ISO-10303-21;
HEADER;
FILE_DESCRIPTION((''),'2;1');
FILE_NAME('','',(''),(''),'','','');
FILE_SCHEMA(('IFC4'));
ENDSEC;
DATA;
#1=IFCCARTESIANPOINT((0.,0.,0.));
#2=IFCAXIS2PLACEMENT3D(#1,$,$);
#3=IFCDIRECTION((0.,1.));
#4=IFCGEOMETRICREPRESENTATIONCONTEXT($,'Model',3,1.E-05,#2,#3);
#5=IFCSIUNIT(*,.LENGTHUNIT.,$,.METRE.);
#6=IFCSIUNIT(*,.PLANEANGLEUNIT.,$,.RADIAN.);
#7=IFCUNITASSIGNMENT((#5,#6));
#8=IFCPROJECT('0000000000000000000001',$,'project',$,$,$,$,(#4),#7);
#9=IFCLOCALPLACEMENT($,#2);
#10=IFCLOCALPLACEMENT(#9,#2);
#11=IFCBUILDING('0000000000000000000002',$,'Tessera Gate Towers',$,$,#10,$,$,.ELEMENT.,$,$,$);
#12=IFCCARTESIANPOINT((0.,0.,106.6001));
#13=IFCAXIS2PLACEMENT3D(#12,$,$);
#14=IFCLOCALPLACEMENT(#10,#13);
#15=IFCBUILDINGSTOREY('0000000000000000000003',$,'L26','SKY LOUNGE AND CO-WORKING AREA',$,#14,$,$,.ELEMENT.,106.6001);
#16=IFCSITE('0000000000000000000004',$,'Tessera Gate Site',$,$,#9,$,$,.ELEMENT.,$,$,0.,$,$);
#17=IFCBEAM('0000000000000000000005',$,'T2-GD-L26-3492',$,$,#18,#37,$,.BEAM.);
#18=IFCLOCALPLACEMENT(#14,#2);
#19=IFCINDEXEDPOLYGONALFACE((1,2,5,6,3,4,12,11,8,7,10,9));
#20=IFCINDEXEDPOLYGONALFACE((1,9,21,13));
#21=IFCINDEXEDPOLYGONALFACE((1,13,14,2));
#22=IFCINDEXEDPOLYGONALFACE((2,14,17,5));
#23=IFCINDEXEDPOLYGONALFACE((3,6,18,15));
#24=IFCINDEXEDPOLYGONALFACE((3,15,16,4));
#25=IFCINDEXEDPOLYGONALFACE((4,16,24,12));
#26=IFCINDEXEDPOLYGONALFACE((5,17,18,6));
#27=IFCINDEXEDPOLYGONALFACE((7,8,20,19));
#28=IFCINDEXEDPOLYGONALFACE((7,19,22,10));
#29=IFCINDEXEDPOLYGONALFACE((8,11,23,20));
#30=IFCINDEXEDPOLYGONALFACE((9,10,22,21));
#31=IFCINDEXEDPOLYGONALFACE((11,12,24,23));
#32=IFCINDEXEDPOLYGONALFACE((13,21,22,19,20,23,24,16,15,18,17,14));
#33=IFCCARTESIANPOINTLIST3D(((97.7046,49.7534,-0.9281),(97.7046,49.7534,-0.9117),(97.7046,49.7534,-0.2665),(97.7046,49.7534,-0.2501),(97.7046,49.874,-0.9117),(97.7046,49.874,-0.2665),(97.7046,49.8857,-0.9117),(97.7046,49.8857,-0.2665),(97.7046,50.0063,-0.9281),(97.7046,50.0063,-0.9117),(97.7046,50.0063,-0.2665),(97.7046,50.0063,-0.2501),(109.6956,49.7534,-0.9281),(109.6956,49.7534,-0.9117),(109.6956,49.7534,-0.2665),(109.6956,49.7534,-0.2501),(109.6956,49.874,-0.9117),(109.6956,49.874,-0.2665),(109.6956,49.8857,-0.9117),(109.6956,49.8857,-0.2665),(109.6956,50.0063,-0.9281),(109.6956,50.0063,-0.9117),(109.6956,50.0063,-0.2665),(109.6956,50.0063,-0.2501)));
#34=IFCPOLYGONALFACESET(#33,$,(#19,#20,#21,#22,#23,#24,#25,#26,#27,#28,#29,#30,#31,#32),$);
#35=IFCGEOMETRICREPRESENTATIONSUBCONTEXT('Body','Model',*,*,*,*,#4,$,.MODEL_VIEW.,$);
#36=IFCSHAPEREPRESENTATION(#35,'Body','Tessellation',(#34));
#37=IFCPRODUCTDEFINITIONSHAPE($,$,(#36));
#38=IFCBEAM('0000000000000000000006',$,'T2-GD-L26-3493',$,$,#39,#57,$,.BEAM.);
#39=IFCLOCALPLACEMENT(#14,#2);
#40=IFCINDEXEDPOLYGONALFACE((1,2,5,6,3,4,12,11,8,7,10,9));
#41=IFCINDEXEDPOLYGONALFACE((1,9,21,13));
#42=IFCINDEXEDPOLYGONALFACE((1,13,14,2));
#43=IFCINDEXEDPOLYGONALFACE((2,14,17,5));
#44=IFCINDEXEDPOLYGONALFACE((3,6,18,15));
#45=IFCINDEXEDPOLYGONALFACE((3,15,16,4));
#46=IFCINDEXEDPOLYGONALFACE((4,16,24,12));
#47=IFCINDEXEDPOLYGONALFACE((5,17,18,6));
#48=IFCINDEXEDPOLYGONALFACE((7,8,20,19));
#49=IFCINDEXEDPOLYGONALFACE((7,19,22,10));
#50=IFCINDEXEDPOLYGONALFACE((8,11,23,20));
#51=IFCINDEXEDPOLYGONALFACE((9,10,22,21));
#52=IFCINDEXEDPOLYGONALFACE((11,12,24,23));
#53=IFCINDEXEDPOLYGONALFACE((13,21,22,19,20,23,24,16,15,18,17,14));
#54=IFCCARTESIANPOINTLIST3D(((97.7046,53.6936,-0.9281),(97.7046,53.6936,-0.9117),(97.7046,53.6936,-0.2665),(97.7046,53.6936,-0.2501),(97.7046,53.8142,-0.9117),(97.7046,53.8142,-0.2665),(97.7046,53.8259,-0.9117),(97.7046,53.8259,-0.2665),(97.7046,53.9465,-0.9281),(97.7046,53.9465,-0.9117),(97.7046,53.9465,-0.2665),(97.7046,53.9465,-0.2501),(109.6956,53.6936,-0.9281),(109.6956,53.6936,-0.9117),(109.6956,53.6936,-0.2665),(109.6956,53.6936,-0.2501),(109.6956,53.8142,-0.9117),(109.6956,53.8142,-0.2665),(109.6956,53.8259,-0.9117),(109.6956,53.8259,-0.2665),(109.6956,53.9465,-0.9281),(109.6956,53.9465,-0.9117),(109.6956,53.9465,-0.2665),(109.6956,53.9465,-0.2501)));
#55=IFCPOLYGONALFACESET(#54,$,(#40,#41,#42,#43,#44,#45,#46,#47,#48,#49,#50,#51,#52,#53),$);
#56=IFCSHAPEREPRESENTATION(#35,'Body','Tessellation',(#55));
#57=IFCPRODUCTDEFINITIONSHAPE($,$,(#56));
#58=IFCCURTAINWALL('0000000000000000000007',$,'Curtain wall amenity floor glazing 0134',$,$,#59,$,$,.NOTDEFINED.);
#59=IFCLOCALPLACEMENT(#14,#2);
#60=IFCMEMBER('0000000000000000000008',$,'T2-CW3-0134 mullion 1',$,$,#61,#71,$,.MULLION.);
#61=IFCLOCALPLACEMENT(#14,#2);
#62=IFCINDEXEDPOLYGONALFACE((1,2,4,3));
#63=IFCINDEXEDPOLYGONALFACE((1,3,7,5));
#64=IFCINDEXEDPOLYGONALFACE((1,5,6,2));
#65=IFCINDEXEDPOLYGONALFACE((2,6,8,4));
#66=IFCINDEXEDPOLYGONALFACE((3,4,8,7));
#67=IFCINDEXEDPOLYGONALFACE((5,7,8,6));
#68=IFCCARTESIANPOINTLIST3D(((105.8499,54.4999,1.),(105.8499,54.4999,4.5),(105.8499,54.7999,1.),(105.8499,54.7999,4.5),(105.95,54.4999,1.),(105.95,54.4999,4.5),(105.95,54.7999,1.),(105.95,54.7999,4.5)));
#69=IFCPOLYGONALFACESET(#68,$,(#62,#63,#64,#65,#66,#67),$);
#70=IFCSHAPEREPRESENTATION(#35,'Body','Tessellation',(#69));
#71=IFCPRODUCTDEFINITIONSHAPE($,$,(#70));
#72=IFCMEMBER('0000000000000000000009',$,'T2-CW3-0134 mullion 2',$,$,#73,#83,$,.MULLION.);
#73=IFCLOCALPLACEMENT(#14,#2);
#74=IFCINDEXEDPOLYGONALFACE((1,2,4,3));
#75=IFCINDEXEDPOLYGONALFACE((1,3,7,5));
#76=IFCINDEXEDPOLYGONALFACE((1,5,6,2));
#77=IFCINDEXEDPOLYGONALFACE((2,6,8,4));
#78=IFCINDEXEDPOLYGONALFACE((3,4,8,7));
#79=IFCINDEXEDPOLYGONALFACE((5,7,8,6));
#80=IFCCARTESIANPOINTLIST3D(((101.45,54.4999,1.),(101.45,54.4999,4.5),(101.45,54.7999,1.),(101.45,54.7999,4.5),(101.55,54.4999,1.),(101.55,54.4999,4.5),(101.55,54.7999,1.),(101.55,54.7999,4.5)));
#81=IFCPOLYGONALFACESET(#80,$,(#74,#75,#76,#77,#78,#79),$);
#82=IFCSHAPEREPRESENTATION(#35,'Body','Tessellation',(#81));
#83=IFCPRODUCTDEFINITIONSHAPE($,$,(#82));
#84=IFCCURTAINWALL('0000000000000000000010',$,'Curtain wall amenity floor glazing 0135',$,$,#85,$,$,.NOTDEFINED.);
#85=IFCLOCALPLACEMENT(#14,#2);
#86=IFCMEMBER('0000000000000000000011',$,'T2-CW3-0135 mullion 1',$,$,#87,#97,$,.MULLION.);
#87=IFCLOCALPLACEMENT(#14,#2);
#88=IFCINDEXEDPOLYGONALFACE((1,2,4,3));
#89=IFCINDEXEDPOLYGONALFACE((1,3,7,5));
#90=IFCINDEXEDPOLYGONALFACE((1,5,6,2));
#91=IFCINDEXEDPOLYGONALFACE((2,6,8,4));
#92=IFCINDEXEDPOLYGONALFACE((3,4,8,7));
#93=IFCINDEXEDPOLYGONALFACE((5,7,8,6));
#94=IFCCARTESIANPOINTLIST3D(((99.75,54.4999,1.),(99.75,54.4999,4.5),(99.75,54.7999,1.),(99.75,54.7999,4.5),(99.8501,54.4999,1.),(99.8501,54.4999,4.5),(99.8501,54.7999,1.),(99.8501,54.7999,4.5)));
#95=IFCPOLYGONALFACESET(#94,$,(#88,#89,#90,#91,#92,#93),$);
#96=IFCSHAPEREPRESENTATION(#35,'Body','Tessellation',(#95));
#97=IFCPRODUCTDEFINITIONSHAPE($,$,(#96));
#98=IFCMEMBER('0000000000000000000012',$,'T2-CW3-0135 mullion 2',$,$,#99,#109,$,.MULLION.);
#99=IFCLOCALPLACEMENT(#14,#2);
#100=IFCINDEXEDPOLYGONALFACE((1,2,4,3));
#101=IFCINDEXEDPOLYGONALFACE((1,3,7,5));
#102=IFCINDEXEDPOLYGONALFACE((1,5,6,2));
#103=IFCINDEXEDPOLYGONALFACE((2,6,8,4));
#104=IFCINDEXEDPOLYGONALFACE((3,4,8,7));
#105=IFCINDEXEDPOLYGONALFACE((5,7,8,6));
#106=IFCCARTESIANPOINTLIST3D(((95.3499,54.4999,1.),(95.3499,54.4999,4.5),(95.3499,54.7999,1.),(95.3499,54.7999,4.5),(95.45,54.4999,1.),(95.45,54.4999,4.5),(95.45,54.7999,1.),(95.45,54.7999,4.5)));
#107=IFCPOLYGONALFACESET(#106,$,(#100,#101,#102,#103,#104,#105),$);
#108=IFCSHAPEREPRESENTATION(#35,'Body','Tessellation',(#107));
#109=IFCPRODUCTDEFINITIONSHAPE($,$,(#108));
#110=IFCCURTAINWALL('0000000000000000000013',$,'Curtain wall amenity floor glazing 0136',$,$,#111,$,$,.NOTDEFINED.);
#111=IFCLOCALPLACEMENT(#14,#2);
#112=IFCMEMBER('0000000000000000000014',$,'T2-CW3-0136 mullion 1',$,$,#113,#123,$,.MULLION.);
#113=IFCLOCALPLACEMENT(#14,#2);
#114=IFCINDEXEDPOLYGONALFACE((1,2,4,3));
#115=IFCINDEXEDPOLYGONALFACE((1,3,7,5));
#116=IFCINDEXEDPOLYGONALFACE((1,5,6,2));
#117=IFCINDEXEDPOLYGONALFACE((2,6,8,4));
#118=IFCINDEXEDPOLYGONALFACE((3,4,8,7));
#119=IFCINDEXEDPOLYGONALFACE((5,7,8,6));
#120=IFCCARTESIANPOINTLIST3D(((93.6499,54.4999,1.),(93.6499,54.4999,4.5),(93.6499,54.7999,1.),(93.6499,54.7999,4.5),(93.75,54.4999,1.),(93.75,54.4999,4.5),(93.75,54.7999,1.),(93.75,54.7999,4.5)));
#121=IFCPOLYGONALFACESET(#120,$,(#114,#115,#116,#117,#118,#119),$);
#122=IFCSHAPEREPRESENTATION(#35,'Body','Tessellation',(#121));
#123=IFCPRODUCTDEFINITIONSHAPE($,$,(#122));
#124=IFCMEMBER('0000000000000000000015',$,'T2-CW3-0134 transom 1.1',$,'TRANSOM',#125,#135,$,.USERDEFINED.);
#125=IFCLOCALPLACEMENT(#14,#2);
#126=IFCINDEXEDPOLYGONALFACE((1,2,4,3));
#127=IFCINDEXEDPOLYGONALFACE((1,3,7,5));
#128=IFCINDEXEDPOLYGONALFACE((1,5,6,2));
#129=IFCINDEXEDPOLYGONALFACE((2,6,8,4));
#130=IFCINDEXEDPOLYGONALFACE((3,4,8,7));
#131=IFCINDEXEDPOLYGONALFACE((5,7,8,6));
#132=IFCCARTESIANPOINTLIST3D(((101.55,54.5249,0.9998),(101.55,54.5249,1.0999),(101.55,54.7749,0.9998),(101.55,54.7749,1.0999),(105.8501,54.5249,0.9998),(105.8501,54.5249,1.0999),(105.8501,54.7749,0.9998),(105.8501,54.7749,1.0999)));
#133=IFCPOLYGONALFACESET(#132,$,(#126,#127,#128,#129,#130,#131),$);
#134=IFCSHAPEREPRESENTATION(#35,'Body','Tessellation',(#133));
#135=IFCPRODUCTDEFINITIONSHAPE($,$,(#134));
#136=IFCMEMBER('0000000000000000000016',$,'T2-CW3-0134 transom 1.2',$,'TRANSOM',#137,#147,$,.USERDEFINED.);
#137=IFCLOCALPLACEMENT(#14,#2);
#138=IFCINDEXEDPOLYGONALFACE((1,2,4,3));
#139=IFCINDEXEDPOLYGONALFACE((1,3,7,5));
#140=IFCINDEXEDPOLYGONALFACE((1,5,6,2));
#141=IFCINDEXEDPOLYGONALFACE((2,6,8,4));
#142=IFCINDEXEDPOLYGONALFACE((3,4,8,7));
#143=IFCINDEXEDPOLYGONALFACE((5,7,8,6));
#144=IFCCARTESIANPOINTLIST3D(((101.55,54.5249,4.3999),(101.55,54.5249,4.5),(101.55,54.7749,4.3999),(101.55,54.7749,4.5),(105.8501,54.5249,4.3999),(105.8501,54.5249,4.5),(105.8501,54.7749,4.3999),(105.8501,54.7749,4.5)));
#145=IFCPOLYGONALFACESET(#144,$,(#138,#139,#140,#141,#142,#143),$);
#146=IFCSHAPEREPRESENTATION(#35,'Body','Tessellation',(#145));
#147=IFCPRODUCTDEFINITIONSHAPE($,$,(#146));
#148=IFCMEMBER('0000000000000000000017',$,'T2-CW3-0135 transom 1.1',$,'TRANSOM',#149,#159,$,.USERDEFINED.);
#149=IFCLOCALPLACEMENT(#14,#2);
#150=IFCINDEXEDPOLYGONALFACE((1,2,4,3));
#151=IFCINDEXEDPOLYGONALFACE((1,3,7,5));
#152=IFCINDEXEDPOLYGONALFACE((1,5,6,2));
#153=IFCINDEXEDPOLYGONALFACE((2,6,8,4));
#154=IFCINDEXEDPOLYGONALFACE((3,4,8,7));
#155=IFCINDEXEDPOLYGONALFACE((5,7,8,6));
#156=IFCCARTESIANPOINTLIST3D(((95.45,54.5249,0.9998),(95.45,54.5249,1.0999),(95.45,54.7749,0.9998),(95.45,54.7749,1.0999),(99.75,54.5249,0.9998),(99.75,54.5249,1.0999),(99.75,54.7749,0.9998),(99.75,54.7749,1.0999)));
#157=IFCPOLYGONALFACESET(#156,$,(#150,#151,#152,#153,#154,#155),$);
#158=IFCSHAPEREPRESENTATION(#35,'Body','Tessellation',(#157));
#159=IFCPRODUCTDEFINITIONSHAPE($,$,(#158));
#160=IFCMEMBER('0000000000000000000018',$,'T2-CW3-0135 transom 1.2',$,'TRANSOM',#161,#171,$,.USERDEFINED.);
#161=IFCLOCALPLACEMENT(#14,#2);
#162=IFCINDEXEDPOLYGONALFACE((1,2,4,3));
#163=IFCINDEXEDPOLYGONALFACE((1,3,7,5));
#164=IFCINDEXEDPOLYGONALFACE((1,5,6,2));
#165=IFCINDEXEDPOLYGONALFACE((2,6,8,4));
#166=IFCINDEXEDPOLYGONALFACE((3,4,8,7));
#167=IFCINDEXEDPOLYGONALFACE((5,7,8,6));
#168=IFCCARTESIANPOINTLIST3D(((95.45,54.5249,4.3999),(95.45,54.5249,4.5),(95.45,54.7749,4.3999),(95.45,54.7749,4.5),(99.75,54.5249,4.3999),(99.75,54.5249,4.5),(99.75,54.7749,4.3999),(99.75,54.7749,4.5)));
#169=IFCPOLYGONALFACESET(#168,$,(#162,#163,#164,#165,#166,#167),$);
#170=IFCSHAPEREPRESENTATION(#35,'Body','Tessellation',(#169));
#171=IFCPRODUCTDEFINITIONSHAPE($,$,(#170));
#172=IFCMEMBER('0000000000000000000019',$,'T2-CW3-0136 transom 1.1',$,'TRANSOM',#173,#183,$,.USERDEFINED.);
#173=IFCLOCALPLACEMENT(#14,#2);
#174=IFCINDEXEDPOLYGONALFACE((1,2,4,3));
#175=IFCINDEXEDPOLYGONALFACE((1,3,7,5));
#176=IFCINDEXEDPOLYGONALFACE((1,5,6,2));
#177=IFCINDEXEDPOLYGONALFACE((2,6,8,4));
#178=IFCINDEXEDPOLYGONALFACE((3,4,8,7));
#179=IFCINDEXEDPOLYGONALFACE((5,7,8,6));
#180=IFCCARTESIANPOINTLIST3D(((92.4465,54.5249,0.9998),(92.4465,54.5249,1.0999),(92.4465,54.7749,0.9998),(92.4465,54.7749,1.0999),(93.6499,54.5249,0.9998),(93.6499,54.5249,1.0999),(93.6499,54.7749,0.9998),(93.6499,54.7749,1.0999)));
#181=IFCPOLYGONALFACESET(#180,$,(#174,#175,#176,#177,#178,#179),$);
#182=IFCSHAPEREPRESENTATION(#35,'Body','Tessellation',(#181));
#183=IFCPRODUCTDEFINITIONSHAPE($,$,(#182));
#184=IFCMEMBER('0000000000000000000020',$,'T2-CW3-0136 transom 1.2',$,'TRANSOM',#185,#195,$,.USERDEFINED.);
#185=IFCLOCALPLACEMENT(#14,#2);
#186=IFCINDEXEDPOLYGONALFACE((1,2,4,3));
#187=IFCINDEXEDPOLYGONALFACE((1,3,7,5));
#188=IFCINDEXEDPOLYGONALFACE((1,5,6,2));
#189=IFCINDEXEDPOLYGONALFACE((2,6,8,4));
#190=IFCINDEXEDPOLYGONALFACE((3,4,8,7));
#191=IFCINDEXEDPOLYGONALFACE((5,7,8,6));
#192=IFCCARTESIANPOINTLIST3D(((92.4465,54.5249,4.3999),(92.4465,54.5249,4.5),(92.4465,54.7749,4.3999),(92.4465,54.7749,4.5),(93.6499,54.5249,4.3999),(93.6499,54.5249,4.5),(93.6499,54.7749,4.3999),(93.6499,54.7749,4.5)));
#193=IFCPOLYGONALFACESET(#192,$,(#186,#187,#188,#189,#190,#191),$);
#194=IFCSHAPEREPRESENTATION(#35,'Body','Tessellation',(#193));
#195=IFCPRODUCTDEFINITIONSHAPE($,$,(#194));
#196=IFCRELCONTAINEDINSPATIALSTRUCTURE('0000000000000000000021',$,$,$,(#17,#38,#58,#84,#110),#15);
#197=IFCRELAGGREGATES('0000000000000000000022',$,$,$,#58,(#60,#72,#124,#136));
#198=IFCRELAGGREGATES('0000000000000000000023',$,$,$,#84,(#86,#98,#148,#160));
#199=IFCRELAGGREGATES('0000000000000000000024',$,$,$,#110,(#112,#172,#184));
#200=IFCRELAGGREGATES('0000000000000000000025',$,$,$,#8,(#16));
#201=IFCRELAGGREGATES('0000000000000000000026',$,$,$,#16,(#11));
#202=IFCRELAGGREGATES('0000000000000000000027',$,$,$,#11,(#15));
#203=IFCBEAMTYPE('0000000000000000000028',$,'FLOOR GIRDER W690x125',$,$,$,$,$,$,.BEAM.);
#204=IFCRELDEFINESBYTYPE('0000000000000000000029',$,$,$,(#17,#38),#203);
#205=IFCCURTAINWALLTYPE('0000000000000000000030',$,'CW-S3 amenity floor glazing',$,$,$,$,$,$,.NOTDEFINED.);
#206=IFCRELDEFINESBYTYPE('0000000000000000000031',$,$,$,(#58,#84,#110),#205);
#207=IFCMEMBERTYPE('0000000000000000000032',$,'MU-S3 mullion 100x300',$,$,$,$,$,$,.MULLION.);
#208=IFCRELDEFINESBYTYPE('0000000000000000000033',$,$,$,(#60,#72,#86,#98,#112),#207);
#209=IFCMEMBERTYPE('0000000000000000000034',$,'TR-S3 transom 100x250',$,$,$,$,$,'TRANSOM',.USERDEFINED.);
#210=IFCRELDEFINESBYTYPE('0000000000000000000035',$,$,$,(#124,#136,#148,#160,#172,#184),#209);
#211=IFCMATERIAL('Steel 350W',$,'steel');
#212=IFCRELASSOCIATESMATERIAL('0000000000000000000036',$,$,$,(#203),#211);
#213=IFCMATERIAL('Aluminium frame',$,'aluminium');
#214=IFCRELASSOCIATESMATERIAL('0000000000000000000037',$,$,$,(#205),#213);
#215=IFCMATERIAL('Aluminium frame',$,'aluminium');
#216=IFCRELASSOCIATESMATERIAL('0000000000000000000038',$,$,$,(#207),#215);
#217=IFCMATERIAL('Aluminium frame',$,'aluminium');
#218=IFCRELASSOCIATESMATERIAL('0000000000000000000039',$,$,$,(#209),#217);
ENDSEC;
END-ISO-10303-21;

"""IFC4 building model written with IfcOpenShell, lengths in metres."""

from ifc_helpers import new_model, si_unit, direction, frame, origin, origin_2d, place, context, subcontext, project, spatial, rectangle, i_section, extrude, material, material_profile, profile_set, type_object, element, aggregate, save


model = new_model("IFC4")

# Units and contexts
model_context = context("Model", 3, precision=1e-05, world=origin(), true_north=direction((0.0, 1.0)))
body_context = subcontext(model_context, "Body", "Model", "MODEL_VIEW")
ifc_project = project(units=[si_unit("LENGTHUNIT", "METRE"), si_unit("PLANEANGLEUNIT", "RADIAN")], contexts=[model_context])

# Site, building, storey
site_placement = place(None, origin())
site = spatial("IfcSite", under=ifc_project, at=site_placement, Name="Tessera Gate Site", CompositionType="ELEMENT", RefElevation=0.0)
building_placement = place(site_placement, origin())
building = spatial("IfcBuilding", under=site, at=building_placement, Name="Tessera Gate Towers", CompositionType="ELEMENT")
storey_placement = place(building_placement, frame((0.0, 0.0, 106.6001)))
storey = spatial("IfcBuildingStorey", under=building, at=storey_placement, Name="L26", Description="SKY LOUNGE AND CO-WORKING AREA", CompositionType="ELEMENT", Elevation=106.6001)

# Beams
ifc_material_1 = material(Name="Steel 350W", Category="steel")
ifc_material_profile_1 = material_profile(ifc_material_1, i_section(OverallWidth=0.2529, OverallDepth=0.678, WebThickness=0.0117, FlangeThickness=0.0164, at=origin_2d()), Name="W690x125")
ifc_profile_set_1 = profile_set([ifc_material_profile_1], Name="Steel 350W")
beam_type = type_object("IfcBeamType", Name="FLOOR GIRDER W690x125", PredefinedType="BEAM", material=ifc_profile_set_1)
for number, where, z_axis, x_axis, name in (
    (1, (97.7046, 49.8799, -0.5891), (1.0, 0.0, 0.0), (0.0, 1.0, 0.0), "T2-GD-L26-3492"),
    (2, (97.7046, 53.8201, -0.5891), (1.0, 0.0, 0.0), (0.0, 1.0, 0.0), "T2-GD-L26-3493"),
):
    element("IfcBeam", number, at=place(storey_placement, frame(where, z_axis=z_axis, x_axis=x_axis)), inside=storey, type_object=beam_type, Name=name, PredefinedType="BEAM", context=body_context, shape_type="SweptSolid", body=[
        extrude(i_section(OverallWidth=0.2529, OverallDepth=0.678, WebThickness=0.0117, FlangeThickness=0.0164, at=origin_2d()), origin(), (0.0, 0.0, 1.0), 11.991),
    ])

# Curtain walls, members
ifc_material_2 = material(Name="Aluminium frame", Category="aluminium")
curtain_wall_type = type_object("IfcCurtainWallType", Name="CW-S3 amenity floor glazing", PredefinedType="NOTDEFINED", material=ifc_material_2)
curtain_wall_1_placement = place(storey_placement, origin())
curtain_wall_1 = element("IfcCurtainWall", 3, at=curtain_wall_1_placement, inside=storey, type_object=curtain_wall_type, Name="Curtain wall amenity floor glazing 0134", PredefinedType="NOTDEFINED")
ifc_material_3 = material(Name="Aluminium frame", Category="aluminium")
ifc_material_profile_2 = material_profile(ifc_material_3, rectangle(XDim=0.1001, YDim=0.3, at=origin_2d()), Name="AL 100x300")
ifc_profile_set_2 = profile_set([ifc_material_profile_2], Name="Aluminium frame")
member_type_1 = type_object("IfcMemberType", Name="MU-S3 mullion 100x300", PredefinedType="MULLION", material=ifc_profile_set_2)
member_1_placement = place(storey_placement, frame((105.8999, 54.6499, 1.0), z_axis=(0.0, 0.0, 1.0), x_axis=(-1.0, 0.0, 0.0)))
member_1 = element("IfcMember", 4, at=member_1_placement, type_object=member_type_1, Name="T2-CW3-0134 mullion 1", PredefinedType="MULLION", context=body_context, shape_type="SweptSolid", body=[
    extrude(rectangle(XDim=0.1001, YDim=0.3, at=origin_2d()), origin(), (0.0, 0.0, 1.0), 3.5),
])
member_2_placement = place(storey_placement, frame((101.5, 54.6499, 1.0), z_axis=(0.0, 0.0, 1.0), x_axis=(-1.0, 0.0, 0.0)))
member_2 = element("IfcMember", 5, at=member_2_placement, type_object=member_type_1, Name="T2-CW3-0134 mullion 2", PredefinedType="MULLION", context=body_context, shape_type="SweptSolid", body=[
    extrude(rectangle(XDim=0.1001, YDim=0.3, at=origin_2d()), origin(), (0.0, 0.0, 1.0), 3.5),
])
curtain_wall_2_placement = place(storey_placement, origin())
curtain_wall_2 = element("IfcCurtainWall", 6, at=curtain_wall_2_placement, inside=storey, type_object=curtain_wall_type, Name="Curtain wall amenity floor glazing 0135", PredefinedType="NOTDEFINED")
member_3_placement = place(storey_placement, frame((99.8, 54.6499, 1.0), z_axis=(0.0, 0.0, 1.0), x_axis=(-1.0, 0.0, 0.0)))
member_3 = element("IfcMember", 7, at=member_3_placement, type_object=member_type_1, Name="T2-CW3-0135 mullion 1", PredefinedType="MULLION", context=body_context, shape_type="SweptSolid", body=[
    extrude(rectangle(XDim=0.1001, YDim=0.3, at=origin_2d()), origin(), (0.0, 0.0, 1.0), 3.5),
])
member_4_placement = place(storey_placement, frame((95.3999, 54.6499, 1.0), z_axis=(0.0, 0.0, 1.0), x_axis=(-1.0, 0.0, 0.0)))
member_4 = element("IfcMember", 8, at=member_4_placement, type_object=member_type_1, Name="T2-CW3-0135 mullion 2", PredefinedType="MULLION", context=body_context, shape_type="SweptSolid", body=[
    extrude(rectangle(XDim=0.1001, YDim=0.3, at=origin_2d()), origin(), (0.0, 0.0, 1.0), 3.5),
])

# Curtain wall, member
curtain_wall_3_placement = place(storey_placement, origin())
curtain_wall_3 = element("IfcCurtainWall", 9, at=curtain_wall_3_placement, inside=storey, type_object=curtain_wall_type, Name="Curtain wall amenity floor glazing 0136", PredefinedType="NOTDEFINED")
member_5_placement = place(storey_placement, frame((93.7, 54.6499, 1.0), z_axis=(0.0, 0.0, 1.0), x_axis=(-1.0, 0.0, 0.0)))
member_5 = element("IfcMember", 10, at=member_5_placement, type_object=member_type_1, Name="T2-CW3-0136 mullion 1", PredefinedType="MULLION", context=body_context, shape_type="SweptSolid", body=[
    extrude(rectangle(XDim=0.1001, YDim=0.3, at=origin_2d()), origin(), (0.0, 0.0, 1.0), 3.5),
])

# Members
ifc_material_4 = material(Name="Aluminium frame", Category="aluminium")
ifc_material_profile_3 = material_profile(ifc_material_4, rectangle(XDim=0.25, YDim=0.1001, at=origin_2d()), Name="AL 100x250")
ifc_profile_set_3 = profile_set([ifc_material_profile_3], Name="Aluminium frame")
member_type_2 = type_object("IfcMemberType", Name="TR-S3 transom 100x250", ElementType="TRANSOM", PredefinedType="USERDEFINED", material=ifc_profile_set_3)
member_6_placement = place(storey_placement, frame((105.8501, 54.6499, 1.0498), z_axis=(-1.0, 0.0, 0.0), x_axis=(0.0, -1.0, 0.0)))
member_6 = element("IfcMember", 11, at=member_6_placement, type_object=member_type_2, Name="T2-CW3-0134 transom 1.1", ObjectType="TRANSOM", PredefinedType="USERDEFINED", context=body_context, shape_type="SweptSolid", body=[
    extrude(rectangle(XDim=0.25, YDim=0.1001, at=origin_2d()), origin(), (0.0, 0.0, 1.0), 4.3),
])
member_7_placement = place(storey_placement, frame((105.8501, 54.6499, 4.45), z_axis=(-1.0, 0.0, 0.0), x_axis=(0.0, -1.0, 0.0)))
member_7 = element("IfcMember", 12, at=member_7_placement, type_object=member_type_2, Name="T2-CW3-0134 transom 1.2", ObjectType="TRANSOM", PredefinedType="USERDEFINED", context=body_context, shape_type="SweptSolid", body=[
    extrude(rectangle(XDim=0.25, YDim=0.1001, at=origin_2d()), origin(), (0.0, 0.0, 1.0), 4.3),
])
member_8_placement = place(storey_placement, frame((99.75, 54.6499, 1.0498), z_axis=(-1.0, 0.0, 0.0), x_axis=(0.0, -1.0, 0.0)))
member_8 = element("IfcMember", 13, at=member_8_placement, type_object=member_type_2, Name="T2-CW3-0135 transom 1.1", ObjectType="TRANSOM", PredefinedType="USERDEFINED", context=body_context, shape_type="SweptSolid", body=[
    extrude(rectangle(XDim=0.25, YDim=0.1001, at=origin_2d()), origin(), (0.0, 0.0, 1.0), 4.3),
])
member_9_placement = place(storey_placement, frame((99.75, 54.6499, 4.45), z_axis=(-1.0, 0.0, 0.0), x_axis=(0.0, -1.0, 0.0)))
member_9 = element("IfcMember", 14, at=member_9_placement, type_object=member_type_2, Name="T2-CW3-0135 transom 1.2", ObjectType="TRANSOM", PredefinedType="USERDEFINED", context=body_context, shape_type="SweptSolid", body=[
    extrude(rectangle(XDim=0.25, YDim=0.1001, at=origin_2d()), origin(), (0.0, 0.0, 1.0), 4.3),
])
member_10_placement = place(storey_placement, frame((93.6499, 54.6499, 1.0498), z_axis=(-1.0, 0.0, 0.0), x_axis=(0.0, -1.0, 0.0)))
member_10 = element("IfcMember", 15, at=member_10_placement, type_object=member_type_2, Name="T2-CW3-0136 transom 1.1", ObjectType="TRANSOM", PredefinedType="USERDEFINED", context=body_context, shape_type="SweptSolid", body=[
    extrude(rectangle(XDim=0.25, YDim=0.1001, at=origin_2d()), origin(), (0.0, 0.0, 1.0), 1.2034),
])
member_11_placement = place(storey_placement, frame((93.6499, 54.6499, 4.45), z_axis=(-1.0, 0.0, 0.0), x_axis=(0.0, -1.0, 0.0)))
member_11 = element("IfcMember", 16, at=member_11_placement, type_object=member_type_2, Name="T2-CW3-0136 transom 1.2", ObjectType="TRANSOM", PredefinedType="USERDEFINED", context=body_context, shape_type="SweptSolid", body=[
    extrude(rectangle(XDim=0.25, YDim=0.1001, at=origin_2d()), origin(), (0.0, 0.0, 1.0), 1.2034),
])

aggregate(curtain_wall_1, [member_1, member_2, member_6, member_7])
aggregate(curtain_wall_2, [member_3, member_4, member_8, member_9])
aggregate(curtain_wall_3, [member_5, member_10, member_11])

save(model, "model.ifc")
